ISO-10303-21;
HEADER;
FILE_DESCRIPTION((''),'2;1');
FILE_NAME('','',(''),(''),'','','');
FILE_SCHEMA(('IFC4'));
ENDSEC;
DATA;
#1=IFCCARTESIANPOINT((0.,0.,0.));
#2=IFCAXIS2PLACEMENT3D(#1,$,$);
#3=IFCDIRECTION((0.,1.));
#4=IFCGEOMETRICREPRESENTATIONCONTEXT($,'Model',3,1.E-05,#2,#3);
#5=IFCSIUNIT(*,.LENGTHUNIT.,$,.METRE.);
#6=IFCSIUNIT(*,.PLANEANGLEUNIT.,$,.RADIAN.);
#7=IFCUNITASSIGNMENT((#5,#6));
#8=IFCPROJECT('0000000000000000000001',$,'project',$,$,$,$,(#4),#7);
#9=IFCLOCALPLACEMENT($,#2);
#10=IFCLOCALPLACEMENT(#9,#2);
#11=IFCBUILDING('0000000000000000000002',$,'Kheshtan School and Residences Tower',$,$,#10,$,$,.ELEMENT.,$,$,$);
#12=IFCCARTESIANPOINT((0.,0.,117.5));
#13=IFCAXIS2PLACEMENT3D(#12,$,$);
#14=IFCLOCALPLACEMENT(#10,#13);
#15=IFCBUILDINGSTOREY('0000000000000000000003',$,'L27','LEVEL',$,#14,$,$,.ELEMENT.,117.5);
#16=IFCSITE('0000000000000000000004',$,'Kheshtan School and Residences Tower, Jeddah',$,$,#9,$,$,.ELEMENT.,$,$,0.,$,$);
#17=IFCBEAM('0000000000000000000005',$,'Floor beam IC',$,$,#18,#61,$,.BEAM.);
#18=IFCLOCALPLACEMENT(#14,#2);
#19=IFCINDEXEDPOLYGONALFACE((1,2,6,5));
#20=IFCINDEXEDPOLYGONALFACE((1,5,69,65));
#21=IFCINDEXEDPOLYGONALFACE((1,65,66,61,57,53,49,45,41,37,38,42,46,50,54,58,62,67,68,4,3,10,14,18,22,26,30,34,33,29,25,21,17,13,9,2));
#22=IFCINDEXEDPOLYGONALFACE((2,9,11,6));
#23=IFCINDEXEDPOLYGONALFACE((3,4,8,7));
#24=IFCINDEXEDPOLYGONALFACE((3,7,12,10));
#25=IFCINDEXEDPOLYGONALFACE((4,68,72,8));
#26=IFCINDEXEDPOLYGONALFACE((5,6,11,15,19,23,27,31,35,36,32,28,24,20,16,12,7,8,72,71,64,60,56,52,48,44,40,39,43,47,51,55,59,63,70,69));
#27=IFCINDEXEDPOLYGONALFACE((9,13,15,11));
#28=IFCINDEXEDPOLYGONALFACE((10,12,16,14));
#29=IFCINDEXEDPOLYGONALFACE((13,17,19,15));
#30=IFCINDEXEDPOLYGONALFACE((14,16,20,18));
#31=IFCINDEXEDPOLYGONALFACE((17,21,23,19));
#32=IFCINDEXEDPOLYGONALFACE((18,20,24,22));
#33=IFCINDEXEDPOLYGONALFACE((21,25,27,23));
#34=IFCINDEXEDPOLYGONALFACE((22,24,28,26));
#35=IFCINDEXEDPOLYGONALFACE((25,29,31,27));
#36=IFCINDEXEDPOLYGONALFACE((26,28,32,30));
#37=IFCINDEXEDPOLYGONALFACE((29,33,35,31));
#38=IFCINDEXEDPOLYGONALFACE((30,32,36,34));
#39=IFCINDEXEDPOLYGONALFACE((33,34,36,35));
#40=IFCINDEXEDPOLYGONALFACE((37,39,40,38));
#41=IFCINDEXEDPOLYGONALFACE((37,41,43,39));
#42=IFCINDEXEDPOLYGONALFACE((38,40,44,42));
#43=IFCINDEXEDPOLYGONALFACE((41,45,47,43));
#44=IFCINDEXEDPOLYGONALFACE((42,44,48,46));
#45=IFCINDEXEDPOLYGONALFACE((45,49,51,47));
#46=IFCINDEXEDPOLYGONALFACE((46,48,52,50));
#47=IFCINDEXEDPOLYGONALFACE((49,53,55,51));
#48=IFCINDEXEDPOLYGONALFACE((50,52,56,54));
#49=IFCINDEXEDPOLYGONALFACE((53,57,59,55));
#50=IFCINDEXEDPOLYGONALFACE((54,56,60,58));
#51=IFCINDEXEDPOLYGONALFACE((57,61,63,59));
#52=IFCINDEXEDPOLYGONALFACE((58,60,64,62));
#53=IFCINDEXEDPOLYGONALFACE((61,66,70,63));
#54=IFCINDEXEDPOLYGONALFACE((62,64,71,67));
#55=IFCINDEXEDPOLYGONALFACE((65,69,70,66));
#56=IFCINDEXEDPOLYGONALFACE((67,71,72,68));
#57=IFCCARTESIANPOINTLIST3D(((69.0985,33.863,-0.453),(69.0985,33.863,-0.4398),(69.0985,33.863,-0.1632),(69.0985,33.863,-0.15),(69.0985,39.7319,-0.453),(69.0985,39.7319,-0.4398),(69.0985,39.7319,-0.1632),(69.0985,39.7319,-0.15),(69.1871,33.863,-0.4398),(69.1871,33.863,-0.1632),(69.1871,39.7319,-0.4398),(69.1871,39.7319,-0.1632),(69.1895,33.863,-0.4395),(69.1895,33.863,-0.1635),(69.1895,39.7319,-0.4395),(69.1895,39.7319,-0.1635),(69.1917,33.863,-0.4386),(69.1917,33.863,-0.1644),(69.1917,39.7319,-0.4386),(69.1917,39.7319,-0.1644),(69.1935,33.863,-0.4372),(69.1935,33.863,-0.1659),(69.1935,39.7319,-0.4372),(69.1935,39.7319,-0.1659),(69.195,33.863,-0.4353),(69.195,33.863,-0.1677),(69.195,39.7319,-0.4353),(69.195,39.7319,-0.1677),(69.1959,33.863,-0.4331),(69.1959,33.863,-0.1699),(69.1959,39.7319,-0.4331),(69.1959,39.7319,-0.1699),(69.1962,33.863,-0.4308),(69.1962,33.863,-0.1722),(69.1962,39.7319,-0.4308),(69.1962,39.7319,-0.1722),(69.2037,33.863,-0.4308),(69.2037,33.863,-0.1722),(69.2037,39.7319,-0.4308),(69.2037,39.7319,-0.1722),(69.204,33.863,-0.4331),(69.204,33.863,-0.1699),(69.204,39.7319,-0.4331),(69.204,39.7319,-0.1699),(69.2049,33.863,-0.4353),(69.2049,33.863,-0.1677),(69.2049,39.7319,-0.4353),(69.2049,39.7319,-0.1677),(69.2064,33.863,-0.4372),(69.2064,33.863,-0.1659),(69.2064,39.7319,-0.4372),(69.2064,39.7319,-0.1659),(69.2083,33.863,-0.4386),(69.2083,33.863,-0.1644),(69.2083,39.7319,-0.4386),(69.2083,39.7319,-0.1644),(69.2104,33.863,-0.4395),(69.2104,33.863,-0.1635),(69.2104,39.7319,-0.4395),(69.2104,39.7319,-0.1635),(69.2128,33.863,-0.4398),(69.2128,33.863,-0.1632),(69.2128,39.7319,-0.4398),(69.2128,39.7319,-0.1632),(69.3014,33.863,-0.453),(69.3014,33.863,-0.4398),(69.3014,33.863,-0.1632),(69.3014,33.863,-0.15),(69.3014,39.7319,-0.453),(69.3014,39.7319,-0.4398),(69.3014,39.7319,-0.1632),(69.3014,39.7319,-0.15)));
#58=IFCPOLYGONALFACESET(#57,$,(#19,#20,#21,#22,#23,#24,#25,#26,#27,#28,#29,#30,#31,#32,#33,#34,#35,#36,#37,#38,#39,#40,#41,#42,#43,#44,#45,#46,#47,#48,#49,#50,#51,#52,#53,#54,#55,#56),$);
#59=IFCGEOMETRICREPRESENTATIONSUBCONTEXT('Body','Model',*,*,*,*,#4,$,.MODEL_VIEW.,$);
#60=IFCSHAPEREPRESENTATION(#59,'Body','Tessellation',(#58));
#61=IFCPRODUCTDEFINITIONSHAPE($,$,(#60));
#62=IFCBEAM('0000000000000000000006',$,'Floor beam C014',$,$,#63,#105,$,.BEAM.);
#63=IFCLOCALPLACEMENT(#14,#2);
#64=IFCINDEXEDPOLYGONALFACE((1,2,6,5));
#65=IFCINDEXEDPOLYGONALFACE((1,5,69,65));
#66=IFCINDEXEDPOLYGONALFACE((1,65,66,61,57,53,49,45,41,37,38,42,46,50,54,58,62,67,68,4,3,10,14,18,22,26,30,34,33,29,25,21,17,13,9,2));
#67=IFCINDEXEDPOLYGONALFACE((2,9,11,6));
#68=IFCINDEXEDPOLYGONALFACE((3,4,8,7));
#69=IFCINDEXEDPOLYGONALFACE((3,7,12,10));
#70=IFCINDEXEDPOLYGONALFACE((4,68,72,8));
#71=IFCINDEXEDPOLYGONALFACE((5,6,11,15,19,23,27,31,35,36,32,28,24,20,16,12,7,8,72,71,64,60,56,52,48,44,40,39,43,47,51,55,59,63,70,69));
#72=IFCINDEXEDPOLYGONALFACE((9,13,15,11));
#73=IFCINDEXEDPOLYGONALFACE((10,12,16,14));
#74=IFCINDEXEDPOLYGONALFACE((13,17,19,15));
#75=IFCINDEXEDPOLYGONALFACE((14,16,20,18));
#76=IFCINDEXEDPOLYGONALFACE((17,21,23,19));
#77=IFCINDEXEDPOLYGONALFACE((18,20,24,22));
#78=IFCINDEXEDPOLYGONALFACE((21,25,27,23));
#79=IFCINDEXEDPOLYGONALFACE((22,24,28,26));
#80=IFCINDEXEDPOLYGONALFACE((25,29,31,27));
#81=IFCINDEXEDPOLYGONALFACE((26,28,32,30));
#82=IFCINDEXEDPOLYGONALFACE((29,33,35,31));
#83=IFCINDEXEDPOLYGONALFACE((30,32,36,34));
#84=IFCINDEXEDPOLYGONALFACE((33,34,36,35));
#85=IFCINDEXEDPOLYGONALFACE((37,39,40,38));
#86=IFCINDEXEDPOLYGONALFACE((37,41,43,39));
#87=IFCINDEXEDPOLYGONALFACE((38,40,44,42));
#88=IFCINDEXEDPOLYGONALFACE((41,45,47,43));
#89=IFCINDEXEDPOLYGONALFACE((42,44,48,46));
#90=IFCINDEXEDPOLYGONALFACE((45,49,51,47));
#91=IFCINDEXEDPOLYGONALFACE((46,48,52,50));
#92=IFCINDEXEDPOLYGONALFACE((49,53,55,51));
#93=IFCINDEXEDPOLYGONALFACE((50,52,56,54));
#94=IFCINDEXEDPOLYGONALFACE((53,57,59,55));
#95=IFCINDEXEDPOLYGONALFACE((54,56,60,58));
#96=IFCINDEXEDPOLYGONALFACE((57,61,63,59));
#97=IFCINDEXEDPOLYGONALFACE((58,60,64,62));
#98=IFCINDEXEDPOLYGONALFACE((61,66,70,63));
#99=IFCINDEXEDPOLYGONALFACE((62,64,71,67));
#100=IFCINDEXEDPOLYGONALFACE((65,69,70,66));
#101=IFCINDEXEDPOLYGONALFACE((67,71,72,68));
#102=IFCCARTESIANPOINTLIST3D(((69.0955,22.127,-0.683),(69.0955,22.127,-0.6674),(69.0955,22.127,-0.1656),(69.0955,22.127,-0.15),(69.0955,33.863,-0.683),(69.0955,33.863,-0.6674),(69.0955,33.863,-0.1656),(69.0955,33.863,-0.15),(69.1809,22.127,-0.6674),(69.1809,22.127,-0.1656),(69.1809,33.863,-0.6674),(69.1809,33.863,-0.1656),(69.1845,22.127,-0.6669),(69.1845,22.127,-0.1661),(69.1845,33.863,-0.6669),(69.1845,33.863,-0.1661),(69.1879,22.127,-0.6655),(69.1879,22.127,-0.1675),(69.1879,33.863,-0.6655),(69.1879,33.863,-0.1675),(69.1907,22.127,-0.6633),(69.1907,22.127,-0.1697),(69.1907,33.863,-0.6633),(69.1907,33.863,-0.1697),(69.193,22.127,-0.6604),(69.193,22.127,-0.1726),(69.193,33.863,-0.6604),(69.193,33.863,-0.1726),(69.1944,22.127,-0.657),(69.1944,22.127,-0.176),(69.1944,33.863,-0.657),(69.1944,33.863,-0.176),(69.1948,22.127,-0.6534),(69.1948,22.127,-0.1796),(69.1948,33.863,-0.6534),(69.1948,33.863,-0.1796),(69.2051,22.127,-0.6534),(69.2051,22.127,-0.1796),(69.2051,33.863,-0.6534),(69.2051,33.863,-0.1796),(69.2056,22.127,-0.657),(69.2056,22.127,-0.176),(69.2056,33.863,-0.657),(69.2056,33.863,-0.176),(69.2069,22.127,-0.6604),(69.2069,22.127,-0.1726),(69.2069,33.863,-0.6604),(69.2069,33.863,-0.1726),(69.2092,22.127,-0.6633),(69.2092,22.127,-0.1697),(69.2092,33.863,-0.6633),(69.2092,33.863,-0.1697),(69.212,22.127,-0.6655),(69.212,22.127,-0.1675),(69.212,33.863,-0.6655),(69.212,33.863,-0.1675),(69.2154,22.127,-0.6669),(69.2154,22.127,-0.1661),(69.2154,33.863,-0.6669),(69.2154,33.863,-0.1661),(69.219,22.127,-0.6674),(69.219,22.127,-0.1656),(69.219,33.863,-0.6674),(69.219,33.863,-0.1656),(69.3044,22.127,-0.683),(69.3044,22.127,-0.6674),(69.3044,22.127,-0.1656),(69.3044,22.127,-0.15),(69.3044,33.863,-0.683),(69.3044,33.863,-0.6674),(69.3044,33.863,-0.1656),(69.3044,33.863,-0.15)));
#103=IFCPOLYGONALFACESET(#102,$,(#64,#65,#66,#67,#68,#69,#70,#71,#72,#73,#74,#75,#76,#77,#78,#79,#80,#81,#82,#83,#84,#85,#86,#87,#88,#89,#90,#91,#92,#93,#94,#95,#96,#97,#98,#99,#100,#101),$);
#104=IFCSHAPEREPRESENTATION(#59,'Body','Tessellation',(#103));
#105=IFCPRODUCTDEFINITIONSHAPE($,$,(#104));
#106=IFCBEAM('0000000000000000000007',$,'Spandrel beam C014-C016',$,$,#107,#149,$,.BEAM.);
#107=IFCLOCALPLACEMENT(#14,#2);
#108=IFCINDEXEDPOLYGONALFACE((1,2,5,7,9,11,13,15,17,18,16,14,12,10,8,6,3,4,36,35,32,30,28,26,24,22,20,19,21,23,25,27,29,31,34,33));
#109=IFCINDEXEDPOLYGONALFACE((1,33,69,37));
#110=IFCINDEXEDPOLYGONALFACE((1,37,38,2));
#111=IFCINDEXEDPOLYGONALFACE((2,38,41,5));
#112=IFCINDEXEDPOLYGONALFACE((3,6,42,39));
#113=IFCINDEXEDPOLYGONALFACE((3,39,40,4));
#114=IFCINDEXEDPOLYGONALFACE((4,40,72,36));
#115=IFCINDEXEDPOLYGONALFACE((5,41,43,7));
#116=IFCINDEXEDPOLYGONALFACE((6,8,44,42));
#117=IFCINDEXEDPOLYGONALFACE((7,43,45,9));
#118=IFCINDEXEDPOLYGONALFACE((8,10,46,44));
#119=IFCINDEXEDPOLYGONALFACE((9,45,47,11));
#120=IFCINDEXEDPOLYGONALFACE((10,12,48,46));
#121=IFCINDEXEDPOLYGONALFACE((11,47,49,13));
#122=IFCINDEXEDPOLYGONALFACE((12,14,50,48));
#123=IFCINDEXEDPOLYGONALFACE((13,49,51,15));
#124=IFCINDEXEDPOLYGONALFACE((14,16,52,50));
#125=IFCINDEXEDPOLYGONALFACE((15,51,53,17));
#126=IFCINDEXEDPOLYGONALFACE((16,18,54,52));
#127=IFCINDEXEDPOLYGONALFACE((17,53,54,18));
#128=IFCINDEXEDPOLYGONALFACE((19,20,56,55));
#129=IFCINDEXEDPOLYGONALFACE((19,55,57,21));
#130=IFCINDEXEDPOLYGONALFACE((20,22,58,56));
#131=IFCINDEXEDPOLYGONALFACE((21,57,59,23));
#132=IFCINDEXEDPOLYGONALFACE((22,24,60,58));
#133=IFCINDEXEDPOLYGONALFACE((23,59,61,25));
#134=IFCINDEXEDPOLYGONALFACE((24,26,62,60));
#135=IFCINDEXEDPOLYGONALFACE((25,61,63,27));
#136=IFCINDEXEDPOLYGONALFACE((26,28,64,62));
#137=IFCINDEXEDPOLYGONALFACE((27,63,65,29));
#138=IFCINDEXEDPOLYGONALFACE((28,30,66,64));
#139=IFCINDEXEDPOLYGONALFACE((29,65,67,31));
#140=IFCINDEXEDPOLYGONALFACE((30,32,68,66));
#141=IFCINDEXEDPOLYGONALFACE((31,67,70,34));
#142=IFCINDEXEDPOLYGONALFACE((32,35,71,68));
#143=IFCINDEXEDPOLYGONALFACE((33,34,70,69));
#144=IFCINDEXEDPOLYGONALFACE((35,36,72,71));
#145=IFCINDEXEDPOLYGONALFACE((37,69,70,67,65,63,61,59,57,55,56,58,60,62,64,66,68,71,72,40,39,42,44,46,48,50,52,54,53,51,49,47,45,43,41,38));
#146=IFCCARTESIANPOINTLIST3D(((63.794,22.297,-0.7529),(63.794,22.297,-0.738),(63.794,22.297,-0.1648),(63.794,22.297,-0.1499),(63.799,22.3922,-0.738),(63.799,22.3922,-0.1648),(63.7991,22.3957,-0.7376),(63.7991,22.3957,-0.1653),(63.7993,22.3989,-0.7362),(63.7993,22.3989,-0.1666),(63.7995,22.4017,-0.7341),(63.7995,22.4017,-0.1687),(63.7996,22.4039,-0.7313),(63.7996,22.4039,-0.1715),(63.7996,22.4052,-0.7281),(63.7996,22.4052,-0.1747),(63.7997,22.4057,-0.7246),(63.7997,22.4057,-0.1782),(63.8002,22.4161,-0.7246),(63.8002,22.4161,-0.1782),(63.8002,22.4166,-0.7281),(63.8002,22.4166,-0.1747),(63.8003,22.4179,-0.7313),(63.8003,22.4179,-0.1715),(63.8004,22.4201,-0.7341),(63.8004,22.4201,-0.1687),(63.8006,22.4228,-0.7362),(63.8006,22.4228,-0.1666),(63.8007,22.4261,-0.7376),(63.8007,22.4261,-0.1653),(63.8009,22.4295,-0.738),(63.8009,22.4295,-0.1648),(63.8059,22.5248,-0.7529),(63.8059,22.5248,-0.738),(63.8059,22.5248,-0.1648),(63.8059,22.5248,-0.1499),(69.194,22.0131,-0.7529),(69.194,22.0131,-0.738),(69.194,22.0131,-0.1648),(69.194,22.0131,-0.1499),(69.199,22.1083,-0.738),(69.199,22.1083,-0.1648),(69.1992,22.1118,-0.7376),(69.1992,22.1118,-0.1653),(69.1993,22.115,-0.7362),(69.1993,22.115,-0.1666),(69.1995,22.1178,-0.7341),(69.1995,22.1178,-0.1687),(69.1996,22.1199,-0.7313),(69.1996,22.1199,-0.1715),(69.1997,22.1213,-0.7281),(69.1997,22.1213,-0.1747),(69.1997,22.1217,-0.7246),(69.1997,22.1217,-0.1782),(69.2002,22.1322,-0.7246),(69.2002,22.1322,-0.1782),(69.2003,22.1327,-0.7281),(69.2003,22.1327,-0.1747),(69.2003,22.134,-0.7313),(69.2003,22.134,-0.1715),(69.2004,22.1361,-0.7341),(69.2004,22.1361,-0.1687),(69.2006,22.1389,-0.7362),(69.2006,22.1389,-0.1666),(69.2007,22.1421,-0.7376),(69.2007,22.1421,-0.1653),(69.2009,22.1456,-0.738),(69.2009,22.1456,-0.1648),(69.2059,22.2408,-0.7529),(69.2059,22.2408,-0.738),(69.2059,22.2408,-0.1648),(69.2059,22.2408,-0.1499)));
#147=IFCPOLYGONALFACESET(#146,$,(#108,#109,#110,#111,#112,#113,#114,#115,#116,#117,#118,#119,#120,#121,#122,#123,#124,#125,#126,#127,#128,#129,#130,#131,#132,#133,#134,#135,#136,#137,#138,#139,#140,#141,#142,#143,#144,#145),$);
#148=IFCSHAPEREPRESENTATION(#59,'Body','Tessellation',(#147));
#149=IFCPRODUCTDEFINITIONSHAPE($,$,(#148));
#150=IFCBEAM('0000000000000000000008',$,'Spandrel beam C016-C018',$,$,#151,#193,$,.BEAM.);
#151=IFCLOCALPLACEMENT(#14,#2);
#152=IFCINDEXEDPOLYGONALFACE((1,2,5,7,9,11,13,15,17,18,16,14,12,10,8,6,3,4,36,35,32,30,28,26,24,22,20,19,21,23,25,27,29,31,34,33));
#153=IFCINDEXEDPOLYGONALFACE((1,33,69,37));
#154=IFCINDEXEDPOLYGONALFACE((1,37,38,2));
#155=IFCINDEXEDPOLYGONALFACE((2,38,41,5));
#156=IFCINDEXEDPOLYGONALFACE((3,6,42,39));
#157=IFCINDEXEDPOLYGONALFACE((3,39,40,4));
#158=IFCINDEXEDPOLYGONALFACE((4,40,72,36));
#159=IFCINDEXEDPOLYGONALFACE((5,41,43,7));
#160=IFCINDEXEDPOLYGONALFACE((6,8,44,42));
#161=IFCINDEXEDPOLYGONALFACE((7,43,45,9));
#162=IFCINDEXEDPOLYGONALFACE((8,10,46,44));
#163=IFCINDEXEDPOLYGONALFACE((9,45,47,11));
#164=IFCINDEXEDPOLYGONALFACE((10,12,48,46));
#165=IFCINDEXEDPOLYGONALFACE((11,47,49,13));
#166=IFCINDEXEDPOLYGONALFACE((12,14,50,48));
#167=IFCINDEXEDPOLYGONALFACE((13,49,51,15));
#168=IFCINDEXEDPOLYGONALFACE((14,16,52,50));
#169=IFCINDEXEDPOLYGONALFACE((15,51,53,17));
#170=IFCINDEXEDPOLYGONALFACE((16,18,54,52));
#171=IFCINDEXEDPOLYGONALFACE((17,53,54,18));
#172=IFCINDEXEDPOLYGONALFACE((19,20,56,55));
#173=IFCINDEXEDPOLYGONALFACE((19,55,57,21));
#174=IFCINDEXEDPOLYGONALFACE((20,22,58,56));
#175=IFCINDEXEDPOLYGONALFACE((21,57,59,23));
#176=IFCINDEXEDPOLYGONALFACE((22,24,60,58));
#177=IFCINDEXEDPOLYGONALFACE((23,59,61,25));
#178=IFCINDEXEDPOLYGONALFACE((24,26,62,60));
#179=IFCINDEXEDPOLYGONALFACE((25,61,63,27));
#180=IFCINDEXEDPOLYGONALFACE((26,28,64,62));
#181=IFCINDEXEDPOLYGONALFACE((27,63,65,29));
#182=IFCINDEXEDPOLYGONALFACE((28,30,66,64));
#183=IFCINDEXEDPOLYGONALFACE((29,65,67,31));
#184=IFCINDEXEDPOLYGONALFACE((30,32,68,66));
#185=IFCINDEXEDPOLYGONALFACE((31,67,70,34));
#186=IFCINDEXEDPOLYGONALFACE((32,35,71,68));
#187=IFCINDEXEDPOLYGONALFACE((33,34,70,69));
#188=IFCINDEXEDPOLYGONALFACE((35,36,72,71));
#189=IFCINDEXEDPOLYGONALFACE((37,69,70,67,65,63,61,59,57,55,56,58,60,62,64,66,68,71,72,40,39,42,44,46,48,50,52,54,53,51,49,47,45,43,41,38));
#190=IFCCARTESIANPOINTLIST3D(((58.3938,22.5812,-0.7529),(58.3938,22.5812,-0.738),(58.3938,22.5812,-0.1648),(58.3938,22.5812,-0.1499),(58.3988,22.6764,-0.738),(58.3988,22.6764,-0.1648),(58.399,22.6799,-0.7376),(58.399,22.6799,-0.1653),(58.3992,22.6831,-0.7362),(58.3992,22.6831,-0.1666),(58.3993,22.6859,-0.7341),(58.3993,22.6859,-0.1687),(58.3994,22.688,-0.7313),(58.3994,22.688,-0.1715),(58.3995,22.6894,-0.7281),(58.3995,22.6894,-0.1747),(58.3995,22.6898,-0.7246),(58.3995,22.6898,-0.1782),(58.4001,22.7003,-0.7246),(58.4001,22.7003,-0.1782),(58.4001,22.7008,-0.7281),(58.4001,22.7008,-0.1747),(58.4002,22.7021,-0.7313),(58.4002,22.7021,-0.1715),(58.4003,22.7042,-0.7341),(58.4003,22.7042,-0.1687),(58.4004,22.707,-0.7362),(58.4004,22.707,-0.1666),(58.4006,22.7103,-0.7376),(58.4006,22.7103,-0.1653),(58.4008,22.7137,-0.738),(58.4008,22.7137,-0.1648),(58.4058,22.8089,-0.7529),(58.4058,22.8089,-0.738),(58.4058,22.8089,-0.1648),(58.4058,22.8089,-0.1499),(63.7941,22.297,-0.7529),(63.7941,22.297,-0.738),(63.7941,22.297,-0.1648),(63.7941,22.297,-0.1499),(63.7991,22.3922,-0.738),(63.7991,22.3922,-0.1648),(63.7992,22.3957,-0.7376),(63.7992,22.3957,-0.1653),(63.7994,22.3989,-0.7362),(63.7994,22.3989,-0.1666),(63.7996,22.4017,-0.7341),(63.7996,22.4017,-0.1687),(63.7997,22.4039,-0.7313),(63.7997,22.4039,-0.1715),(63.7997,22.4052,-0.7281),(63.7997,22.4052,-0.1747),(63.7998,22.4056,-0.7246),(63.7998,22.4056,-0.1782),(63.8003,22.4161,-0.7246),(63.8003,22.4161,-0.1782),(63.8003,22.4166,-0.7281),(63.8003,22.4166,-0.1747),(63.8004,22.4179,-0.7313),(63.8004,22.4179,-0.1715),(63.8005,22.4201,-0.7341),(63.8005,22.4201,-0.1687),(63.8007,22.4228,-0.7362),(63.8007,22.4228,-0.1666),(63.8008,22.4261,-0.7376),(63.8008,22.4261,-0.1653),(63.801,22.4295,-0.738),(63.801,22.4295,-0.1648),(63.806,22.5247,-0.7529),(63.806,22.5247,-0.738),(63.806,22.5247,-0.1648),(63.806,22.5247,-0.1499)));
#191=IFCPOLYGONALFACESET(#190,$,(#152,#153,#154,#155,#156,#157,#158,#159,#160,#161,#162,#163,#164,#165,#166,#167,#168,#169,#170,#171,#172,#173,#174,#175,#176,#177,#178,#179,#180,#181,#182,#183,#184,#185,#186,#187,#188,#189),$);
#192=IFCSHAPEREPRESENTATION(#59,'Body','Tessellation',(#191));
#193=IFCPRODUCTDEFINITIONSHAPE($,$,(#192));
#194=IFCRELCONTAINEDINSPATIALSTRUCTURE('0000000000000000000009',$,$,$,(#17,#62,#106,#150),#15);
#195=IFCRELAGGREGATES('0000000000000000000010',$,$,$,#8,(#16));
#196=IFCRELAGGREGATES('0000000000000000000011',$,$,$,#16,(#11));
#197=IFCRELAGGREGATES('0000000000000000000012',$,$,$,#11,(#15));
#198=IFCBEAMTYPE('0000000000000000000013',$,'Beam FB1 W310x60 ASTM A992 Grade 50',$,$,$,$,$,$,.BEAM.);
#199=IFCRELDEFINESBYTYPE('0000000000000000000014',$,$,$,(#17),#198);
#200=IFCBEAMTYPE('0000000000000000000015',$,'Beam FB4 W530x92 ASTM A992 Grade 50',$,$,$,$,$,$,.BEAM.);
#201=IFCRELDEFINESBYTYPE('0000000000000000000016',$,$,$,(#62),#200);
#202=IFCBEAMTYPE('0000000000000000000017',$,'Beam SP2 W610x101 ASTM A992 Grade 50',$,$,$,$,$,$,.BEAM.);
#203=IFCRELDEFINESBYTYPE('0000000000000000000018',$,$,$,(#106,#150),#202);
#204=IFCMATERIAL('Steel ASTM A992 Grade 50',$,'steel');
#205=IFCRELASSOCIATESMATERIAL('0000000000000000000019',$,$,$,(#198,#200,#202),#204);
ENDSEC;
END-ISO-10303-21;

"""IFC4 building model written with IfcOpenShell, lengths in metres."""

from ifc_helpers import new_model, si_unit, direction, frame, origin, origin_2d, place, context, subcontext, project, spatial, i_section, extrude, material, material_profile, profile_set, type_object, element, save


model = new_model("IFC4")

# Units and contexts
model_context = context("Model", 3, precision=1e-05, world=origin(), true_north=direction((0.0, 1.0)))
body_context = subcontext(model_context, "Body", "Model", "MODEL_VIEW")
ifc_project = project(units=[si_unit("LENGTHUNIT", "METRE"), si_unit("PLANEANGLEUNIT", "RADIAN")], contexts=[model_context])

# Site, building, storey
site_placement = place(None, origin())
site = spatial("IfcSite", under=ifc_project, at=site_placement, Name="Kheshtan School and Residences Tower, Jeddah", CompositionType="ELEMENT", RefElevation=0.0)
building_placement = place(site_placement, origin())
building = spatial("IfcBuilding", under=site, at=building_placement, Name="Kheshtan School and Residences Tower", CompositionType="ELEMENT")
storey_placement = place(building_placement, frame((0.0, 0.0, 117.5)))
storey = spatial("IfcBuildingStorey", under=building, at=storey_placement, Name="L27", Description="LEVEL", CompositionType="ELEMENT", Elevation=117.5)

# Shared definitions
ifc_material_1 = material(Name="Steel ASTM A992 Grade 50", Category="steel")

# Beams
ifc_material_profile_1 = material_profile(ifc_material_1, i_section(OverallWidth=0.2029, OverallDepth=0.303, WebThickness=0.0076, FlangeThickness=0.0132, FilletRadius=0.009, at=origin_2d()), Name="W310x60")
ifc_profile_set_1 = profile_set([ifc_material_profile_1], Name="Steel ASTM A992 Grade 50")
beam_type_1 = type_object("IfcBeamType", Name="Beam FB1 W310x60 ASTM A992 Grade 50", PredefinedType="BEAM", material=ifc_profile_set_1)
beam_1_placement = place(storey_placement, frame((69.2, 33.863, -0.3015), z_axis=(0.0, 1.0, 0.0), x_axis=(-1.0, 0.0, 0.0)))
element("IfcBeam", 1, at=beam_1_placement, inside=storey, type_object=beam_type_1, Name="Floor beam IC", PredefinedType="BEAM", context=body_context, shape_type="SweptSolid", body=[
    extrude(i_section(OverallWidth=0.2029, OverallDepth=0.303, WebThickness=0.0076, FlangeThickness=0.0132, FilletRadius=0.009, at=origin_2d()), origin(), (0.0, 0.0, 1.0), 5.8689),
])
ifc_material_profile_2 = material_profile(ifc_material_1, i_section(OverallWidth=0.209, OverallDepth=0.533, WebThickness=0.0103, FlangeThickness=0.0156, FilletRadius=0.0139, at=origin_2d()), Name="W530x92")
ifc_profile_set_2 = profile_set([ifc_material_profile_2], Name="Steel ASTM A992 Grade 50")
beam_type_2 = type_object("IfcBeamType", Name="Beam FB4 W530x92 ASTM A992 Grade 50", PredefinedType="BEAM", material=ifc_profile_set_2)
beam_2_placement = place(storey_placement, frame((69.2, 22.127, -0.4165), z_axis=(0.0, 1.0, 0.0), x_axis=(-1.0, 0.0, 0.0)))
element("IfcBeam", 2, at=beam_2_placement, inside=storey, type_object=beam_type_2, Name="Floor beam C014", PredefinedType="BEAM", context=body_context, shape_type="SweptSolid", body=[
    extrude(i_section(OverallWidth=0.209, OverallDepth=0.533, WebThickness=0.0103, FlangeThickness=0.0156, FilletRadius=0.0139, at=origin_2d()), origin(), (0.0, 0.0, 1.0), 11.7361),
])
ifc_material_profile_3 = material_profile(ifc_material_1, i_section(OverallWidth=0.228, OverallDepth=0.603, WebThickness=0.0105, FlangeThickness=0.0149, FilletRadius=0.0134, at=origin_2d()), Name="W610x101")
ifc_profile_set_3 = profile_set([ifc_material_profile_3], Name="Steel ASTM A992 Grade 50")
beam_type_3 = type_object("IfcBeamType", Name="Beam SP2 W610x101 ASTM A992 Grade 50", PredefinedType="BEAM", material=ifc_profile_set_3)
beam_3_placement = place(storey_placement, frame((69.2, 22.127, -0.4514), z_axis=(-0.99862, 0.052509, 0.0), x_axis=(-0.052509, -0.99862, 0.0)))
element("IfcBeam", 3, at=beam_3_placement, inside=storey, type_object=beam_type_3, Name="Spandrel beam C014-C016", PredefinedType="BEAM", context=body_context, shape_type="SweptSolid", body=[
    extrude(i_section(OverallWidth=0.228, OverallDepth=0.603, WebThickness=0.0105, FlangeThickness=0.0149, FilletRadius=0.0134, at=origin_2d()), origin(), (0.0, 0.0, 1.0), 5.4075),
])
beam_4_placement = place(storey_placement, frame((63.8, 22.4109, -0.4514), z_axis=(-0.998618, 0.052552, 0.0), x_axis=(-0.052552, -0.998618, 0.0)))
element("IfcBeam", 4, at=beam_4_placement, inside=storey, type_object=beam_type_3, Name="Spandrel beam C016-C018", PredefinedType="BEAM", context=body_context, shape_type="SweptSolid", body=[
    extrude(i_section(OverallWidth=0.228, OverallDepth=0.603, WebThickness=0.0105, FlangeThickness=0.0149, FilletRadius=0.0134, at=origin_2d()), origin(), (0.0, 0.0, 1.0), 5.4077),
])

save(model, "model.ifc")
